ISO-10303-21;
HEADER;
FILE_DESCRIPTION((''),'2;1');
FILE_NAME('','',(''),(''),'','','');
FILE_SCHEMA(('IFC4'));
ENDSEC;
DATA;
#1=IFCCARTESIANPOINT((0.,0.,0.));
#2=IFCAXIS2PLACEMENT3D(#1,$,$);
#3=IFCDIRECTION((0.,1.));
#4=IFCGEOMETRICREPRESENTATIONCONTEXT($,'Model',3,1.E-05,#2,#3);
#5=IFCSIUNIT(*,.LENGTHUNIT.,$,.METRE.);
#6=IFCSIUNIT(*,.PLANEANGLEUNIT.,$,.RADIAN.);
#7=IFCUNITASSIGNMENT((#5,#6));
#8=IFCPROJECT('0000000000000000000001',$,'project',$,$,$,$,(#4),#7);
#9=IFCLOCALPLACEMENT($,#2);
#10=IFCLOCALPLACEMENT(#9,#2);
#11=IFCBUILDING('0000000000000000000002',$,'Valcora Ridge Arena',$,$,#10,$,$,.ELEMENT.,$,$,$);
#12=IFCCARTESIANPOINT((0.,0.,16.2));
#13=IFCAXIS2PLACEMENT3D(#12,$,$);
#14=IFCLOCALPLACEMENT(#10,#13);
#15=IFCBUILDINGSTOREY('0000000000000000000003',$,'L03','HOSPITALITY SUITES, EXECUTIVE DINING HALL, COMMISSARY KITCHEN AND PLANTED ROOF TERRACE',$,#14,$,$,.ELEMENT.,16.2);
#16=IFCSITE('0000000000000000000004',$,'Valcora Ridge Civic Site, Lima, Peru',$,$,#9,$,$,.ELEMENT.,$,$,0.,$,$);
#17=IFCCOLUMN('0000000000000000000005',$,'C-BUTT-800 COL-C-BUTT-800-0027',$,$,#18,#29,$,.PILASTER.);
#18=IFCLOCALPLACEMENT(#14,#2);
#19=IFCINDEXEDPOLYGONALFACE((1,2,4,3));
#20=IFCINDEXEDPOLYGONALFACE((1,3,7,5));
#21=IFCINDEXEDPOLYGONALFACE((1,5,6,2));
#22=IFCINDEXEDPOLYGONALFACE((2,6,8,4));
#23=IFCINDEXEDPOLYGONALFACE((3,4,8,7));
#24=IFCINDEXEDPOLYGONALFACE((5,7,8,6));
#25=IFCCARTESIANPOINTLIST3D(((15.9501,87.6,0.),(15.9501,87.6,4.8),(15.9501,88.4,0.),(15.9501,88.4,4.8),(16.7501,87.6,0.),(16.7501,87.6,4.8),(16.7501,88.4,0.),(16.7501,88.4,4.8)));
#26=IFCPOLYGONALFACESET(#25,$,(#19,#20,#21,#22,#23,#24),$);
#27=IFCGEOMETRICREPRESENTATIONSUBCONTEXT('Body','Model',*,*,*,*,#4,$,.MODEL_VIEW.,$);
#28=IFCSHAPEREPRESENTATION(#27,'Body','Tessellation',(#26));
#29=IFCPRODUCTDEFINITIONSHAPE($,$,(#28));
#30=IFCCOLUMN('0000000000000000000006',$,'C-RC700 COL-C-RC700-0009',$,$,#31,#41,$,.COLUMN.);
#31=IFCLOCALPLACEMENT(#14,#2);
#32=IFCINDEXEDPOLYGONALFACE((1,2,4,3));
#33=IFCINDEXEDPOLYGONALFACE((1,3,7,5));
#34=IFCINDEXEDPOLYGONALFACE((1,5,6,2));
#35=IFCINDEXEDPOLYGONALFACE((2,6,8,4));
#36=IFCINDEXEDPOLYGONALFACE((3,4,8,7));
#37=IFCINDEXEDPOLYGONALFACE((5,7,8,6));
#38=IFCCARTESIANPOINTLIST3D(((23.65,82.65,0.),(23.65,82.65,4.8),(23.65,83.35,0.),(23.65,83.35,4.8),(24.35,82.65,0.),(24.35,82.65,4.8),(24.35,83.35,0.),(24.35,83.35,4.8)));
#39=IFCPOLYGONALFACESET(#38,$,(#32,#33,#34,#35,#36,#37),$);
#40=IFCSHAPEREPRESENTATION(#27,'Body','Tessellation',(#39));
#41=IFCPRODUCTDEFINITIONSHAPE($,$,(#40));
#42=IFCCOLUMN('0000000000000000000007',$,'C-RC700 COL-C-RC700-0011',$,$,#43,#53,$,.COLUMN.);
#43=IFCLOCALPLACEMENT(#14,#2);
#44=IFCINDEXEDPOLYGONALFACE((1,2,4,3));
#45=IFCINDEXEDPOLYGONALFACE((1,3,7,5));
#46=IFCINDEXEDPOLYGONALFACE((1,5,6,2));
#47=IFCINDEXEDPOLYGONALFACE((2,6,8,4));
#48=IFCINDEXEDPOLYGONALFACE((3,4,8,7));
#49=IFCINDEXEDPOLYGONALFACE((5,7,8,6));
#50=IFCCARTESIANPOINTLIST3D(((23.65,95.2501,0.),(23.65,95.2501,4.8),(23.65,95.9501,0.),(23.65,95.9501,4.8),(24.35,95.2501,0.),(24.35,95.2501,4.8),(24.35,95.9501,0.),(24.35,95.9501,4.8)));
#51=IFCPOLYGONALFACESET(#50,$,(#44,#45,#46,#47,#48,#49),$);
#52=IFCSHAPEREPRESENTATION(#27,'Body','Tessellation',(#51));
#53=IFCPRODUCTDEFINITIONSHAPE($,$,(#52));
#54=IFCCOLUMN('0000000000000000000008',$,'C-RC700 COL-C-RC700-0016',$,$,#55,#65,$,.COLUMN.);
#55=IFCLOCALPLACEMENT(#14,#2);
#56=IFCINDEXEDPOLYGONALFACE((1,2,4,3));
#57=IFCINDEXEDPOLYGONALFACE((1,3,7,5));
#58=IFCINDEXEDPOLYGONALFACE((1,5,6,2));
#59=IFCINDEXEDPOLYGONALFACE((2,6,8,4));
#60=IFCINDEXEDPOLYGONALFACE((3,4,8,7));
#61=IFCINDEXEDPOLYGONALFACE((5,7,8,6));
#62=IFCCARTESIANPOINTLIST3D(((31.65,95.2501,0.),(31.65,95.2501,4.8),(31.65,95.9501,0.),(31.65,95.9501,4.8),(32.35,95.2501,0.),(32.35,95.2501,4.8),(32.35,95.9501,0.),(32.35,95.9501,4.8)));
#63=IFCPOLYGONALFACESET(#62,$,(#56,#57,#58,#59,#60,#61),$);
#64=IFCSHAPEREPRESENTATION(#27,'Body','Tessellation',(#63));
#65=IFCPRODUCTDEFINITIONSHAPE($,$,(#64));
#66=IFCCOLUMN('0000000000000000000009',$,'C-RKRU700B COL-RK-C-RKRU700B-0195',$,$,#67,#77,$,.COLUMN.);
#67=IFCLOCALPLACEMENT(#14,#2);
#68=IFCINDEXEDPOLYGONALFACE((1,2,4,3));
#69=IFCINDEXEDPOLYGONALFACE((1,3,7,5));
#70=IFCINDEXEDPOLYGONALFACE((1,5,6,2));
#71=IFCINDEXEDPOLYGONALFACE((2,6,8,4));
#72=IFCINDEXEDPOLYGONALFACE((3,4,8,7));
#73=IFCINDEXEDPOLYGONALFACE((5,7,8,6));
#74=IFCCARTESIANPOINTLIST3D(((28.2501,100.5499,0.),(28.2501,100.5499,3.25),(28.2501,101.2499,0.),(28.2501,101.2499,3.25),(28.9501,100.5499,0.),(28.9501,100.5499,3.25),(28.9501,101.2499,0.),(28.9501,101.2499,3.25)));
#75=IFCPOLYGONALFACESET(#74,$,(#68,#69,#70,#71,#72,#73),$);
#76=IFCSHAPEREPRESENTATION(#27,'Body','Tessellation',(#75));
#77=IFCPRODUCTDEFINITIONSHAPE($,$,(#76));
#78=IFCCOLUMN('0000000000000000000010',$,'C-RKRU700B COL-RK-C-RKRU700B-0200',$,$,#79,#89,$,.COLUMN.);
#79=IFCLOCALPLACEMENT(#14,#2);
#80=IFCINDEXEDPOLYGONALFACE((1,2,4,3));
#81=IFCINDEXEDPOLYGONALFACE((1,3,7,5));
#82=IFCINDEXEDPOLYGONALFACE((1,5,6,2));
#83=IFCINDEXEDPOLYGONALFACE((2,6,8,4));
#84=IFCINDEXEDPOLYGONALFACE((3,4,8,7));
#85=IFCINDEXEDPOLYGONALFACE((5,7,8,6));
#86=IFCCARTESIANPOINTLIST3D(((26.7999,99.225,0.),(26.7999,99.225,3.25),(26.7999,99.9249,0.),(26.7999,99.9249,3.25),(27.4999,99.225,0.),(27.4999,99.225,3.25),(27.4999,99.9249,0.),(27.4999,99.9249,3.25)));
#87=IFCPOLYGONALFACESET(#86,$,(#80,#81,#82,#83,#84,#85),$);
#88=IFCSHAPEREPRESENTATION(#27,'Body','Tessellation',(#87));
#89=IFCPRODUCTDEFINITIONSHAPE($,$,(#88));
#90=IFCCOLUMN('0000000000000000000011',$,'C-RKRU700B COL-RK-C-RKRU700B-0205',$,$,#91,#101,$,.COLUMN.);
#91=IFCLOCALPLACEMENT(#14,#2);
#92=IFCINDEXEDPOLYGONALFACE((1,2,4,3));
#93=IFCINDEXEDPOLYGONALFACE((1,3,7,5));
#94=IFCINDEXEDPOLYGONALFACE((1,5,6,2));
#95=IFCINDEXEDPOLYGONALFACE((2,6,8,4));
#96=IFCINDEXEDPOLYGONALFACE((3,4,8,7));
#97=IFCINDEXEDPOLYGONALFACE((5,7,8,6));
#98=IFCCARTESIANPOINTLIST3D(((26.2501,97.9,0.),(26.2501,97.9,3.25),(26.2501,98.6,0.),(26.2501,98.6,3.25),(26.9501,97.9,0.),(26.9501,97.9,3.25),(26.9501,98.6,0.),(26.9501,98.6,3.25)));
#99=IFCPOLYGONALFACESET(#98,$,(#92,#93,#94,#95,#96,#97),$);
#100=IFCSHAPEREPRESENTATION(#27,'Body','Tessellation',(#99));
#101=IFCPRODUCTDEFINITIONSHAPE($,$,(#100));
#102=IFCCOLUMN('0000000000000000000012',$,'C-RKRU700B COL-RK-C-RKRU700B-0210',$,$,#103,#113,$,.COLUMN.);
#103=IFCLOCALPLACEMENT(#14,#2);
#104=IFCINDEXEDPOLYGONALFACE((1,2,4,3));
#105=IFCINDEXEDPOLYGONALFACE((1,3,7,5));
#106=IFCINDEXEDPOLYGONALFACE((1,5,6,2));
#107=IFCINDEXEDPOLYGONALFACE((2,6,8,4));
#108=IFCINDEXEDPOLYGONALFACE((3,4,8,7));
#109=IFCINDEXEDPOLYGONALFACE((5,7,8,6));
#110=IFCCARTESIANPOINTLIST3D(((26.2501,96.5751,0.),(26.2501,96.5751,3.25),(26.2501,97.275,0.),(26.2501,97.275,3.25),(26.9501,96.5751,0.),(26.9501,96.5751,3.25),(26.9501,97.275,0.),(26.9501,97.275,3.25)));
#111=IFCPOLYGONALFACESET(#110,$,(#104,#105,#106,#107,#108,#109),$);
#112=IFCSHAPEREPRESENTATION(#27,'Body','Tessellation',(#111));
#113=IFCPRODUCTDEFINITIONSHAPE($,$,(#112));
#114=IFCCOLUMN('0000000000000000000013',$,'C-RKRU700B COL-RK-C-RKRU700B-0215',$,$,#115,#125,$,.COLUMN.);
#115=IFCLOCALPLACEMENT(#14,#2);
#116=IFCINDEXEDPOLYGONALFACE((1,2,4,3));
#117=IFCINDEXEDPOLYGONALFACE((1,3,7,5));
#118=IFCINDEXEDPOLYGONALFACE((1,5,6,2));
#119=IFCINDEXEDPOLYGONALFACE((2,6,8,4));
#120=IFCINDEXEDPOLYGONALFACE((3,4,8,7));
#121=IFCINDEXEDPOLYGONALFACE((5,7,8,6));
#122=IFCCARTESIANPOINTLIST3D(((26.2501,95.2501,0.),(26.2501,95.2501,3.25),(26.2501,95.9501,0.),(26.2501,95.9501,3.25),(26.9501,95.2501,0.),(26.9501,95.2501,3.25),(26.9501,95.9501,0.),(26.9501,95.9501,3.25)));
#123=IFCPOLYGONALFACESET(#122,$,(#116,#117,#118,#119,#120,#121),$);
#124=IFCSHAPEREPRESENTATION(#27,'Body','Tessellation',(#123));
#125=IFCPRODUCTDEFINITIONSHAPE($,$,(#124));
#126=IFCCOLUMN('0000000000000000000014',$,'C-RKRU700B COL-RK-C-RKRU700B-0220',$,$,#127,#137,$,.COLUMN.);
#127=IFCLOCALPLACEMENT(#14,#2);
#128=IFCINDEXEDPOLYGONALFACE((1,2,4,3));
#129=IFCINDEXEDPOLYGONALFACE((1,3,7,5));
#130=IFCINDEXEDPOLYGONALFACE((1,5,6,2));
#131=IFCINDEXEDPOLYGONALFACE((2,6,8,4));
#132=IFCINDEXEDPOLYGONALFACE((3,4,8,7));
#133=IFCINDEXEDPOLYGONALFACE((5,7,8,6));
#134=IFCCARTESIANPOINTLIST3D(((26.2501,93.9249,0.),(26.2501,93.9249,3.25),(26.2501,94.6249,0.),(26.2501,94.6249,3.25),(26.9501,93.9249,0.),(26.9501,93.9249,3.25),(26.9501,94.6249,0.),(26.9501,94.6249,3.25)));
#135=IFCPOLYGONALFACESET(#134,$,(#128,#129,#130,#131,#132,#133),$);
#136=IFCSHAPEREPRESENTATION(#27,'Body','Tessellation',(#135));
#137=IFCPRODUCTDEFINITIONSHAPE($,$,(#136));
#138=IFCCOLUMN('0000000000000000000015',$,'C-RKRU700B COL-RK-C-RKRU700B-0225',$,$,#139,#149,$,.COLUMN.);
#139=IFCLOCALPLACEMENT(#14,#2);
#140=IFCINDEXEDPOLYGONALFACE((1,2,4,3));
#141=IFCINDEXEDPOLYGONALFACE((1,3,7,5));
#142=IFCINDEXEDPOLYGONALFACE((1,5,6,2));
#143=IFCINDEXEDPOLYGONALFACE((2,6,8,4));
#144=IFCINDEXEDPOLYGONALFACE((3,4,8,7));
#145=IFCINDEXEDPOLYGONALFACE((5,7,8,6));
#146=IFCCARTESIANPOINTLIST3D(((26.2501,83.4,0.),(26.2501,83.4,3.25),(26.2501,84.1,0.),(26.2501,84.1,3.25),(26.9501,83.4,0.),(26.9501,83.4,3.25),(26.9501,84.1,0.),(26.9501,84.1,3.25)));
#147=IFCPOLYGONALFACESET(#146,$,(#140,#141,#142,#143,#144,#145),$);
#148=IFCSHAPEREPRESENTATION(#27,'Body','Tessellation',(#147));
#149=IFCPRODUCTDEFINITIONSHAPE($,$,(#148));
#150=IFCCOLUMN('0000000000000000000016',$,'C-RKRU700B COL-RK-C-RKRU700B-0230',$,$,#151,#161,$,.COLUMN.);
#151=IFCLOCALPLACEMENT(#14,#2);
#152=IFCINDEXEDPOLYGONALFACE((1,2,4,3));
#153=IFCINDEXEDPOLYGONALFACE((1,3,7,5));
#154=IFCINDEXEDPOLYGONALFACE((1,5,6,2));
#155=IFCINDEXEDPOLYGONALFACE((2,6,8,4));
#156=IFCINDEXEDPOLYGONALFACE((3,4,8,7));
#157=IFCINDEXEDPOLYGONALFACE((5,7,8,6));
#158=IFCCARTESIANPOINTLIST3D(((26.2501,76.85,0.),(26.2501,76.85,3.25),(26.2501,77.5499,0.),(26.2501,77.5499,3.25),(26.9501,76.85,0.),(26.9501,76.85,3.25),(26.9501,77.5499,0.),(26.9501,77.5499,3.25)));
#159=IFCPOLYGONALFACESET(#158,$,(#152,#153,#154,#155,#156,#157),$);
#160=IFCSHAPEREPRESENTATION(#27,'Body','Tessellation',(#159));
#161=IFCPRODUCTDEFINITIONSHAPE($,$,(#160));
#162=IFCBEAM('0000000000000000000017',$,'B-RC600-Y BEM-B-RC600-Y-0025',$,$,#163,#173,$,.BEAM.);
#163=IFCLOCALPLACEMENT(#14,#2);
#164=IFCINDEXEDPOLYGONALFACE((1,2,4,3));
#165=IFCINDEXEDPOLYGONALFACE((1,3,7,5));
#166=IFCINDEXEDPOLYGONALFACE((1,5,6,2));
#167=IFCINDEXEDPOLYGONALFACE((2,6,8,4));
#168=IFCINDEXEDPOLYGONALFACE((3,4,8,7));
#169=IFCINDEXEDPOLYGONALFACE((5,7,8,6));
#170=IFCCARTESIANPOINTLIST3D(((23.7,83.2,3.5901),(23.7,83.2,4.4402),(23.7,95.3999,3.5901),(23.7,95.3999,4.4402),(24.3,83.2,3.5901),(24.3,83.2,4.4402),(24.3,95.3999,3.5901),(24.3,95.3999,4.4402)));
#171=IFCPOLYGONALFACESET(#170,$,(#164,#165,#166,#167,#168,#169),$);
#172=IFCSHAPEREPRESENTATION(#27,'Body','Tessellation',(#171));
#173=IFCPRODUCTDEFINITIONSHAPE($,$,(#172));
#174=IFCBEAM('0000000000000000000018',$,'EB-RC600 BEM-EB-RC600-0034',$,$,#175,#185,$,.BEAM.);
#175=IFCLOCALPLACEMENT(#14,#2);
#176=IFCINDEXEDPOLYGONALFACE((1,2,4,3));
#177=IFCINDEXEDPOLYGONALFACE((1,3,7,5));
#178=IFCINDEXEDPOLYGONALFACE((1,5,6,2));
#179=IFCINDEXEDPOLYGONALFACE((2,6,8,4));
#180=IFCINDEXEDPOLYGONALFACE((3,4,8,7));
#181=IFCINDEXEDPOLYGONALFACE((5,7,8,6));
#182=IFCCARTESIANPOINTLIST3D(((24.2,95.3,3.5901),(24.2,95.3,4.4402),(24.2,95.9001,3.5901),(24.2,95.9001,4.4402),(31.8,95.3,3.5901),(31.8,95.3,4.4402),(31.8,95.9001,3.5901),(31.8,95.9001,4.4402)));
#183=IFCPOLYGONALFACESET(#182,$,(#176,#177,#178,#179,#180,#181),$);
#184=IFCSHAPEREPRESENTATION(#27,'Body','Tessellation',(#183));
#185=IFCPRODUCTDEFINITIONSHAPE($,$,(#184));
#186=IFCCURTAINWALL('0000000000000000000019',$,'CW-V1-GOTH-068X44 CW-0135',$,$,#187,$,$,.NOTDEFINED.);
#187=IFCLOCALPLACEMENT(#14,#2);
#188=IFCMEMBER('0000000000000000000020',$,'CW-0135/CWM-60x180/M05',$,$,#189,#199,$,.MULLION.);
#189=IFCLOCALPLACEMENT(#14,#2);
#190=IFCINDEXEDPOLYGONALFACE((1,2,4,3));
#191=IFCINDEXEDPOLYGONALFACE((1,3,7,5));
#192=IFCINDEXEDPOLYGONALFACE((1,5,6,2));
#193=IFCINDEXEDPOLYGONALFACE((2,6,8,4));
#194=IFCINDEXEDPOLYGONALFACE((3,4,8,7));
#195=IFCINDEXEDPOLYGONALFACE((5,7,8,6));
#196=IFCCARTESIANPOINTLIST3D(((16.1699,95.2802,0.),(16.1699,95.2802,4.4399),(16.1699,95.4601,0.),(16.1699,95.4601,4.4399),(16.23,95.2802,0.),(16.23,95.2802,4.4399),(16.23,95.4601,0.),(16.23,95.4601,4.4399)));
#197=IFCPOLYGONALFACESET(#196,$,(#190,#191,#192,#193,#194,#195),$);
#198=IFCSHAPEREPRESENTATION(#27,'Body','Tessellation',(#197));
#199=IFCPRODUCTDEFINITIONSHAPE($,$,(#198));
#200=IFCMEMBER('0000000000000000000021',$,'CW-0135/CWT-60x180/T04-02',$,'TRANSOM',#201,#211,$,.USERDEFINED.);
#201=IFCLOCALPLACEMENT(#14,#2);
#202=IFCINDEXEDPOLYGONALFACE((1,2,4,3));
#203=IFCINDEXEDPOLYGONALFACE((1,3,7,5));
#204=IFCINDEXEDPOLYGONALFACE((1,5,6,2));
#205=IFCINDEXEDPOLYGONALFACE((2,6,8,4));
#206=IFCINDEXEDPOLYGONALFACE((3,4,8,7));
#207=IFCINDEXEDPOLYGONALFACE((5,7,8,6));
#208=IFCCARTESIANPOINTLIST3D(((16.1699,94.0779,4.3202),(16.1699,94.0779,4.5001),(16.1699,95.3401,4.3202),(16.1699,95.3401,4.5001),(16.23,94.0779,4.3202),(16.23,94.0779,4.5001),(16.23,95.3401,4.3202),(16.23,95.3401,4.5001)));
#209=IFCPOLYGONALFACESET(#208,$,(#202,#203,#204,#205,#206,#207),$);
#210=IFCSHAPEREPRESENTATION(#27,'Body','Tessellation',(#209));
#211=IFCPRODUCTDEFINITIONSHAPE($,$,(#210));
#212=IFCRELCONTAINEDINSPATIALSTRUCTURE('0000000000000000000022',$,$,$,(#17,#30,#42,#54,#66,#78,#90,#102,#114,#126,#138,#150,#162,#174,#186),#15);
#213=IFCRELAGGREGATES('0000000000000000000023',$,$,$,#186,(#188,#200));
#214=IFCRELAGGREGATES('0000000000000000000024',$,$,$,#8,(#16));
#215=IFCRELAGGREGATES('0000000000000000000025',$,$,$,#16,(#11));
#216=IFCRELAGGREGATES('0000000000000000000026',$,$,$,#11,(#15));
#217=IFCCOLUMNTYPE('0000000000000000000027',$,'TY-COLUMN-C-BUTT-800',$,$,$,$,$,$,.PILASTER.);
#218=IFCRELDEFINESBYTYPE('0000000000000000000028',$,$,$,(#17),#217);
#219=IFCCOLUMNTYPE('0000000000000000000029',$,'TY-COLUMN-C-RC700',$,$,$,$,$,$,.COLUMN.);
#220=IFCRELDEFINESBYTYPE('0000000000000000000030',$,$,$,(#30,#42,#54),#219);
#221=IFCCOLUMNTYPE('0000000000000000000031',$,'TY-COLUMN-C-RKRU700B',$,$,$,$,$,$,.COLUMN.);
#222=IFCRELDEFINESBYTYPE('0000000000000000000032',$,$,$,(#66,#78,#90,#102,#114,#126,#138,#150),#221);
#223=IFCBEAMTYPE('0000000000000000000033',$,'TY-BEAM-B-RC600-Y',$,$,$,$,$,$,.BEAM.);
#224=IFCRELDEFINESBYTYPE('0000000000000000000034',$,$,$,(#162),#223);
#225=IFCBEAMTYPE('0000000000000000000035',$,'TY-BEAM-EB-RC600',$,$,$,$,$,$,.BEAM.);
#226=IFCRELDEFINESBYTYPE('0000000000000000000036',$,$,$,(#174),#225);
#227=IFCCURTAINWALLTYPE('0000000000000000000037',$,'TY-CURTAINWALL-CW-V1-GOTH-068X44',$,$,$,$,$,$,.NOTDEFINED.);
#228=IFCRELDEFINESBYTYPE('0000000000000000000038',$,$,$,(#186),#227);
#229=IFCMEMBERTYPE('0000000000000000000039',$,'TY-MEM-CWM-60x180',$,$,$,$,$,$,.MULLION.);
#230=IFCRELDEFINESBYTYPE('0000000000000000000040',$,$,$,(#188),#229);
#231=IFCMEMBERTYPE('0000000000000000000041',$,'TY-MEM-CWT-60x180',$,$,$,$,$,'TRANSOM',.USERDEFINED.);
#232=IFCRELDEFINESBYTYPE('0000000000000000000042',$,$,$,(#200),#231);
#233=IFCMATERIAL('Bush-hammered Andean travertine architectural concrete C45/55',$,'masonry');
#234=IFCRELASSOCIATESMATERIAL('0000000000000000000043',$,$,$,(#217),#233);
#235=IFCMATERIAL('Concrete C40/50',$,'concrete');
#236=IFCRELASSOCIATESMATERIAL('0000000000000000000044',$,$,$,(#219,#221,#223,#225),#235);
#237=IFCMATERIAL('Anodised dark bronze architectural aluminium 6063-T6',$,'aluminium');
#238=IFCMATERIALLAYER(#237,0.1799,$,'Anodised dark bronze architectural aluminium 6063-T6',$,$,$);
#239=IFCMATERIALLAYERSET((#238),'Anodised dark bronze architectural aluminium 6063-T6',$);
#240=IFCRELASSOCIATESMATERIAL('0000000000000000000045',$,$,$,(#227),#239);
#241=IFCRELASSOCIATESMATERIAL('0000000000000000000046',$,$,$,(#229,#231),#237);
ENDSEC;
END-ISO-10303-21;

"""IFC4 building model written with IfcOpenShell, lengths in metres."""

from ifc_helpers import new_model, si_unit, direction, frame, origin, origin_2d, place, context, subcontext, project, spatial, rectangle, extrude, material, layer, layer_set, material_profile, profile_set, type_object, element, aggregate, save


model = new_model("IFC4")

# Units and contexts
model_context = context("Model", 3, precision=1e-05, world=origin(), true_north=direction((0.0, 1.0)))
body_context = subcontext(model_context, "Body", "Model", "MODEL_VIEW")
ifc_project = project(units=[si_unit("LENGTHUNIT", "METRE"), si_unit("PLANEANGLEUNIT", "RADIAN")], contexts=[model_context])

# Site, building, storey
site_placement = place(None, origin())
site = spatial("IfcSite", under=ifc_project, at=site_placement, Name="Valcora Ridge Civic Site, Lima, Peru", CompositionType="ELEMENT", RefElevation=0.0)
building_placement = place(site_placement, origin())
building = spatial("IfcBuilding", under=site, at=building_placement, Name="Valcora Ridge Arena", CompositionType="ELEMENT")
storey_placement = place(building_placement, frame((0.0, 0.0, 16.2)))
storey = spatial("IfcBuildingStorey", under=building, at=storey_placement, Name="L03", Description="HOSPITALITY SUITES, EXECUTIVE DINING HALL, COMMISSARY KITCHEN AND PLANTED ROOF TERRACE", CompositionType="ELEMENT", Elevation=16.2)

# Columns
ifc_material_1 = material(Name="Bush-hammered Andean travertine architectural concrete C45/55", Category="masonry")
ifc_material_profile_1 = material_profile(ifc_material_1, rectangle(XDim=0.8, YDim=0.8, at=origin_2d()), Name="RC 800x800")
ifc_profile_set_1 = profile_set([ifc_material_profile_1], Name="Bush-hammered Andean travertine architectural concrete C45/55")
column_type_1 = type_object("IfcColumnType", Name="TY-COLUMN-C-BUTT-800", PredefinedType="PILASTER", material=ifc_profile_set_1)
column_placement = place(storey_placement, frame((16.3501, 88.0, 0.0), z_axis=(0.0, 0.0, 1.0), x_axis=(1.0, 0.0, 0.0)))
element("IfcColumn", 1, at=column_placement, inside=storey, type_object=column_type_1, Name="C-BUTT-800 COL-C-BUTT-800-0027", PredefinedType="PILASTER", context=body_context, shape_type="SweptSolid", body=[
    extrude(rectangle(XDim=0.8, YDim=0.8, at=origin_2d()), origin(), (0.0, 0.0, 1.0), 4.8),
])
ifc_material_2 = material(Name="Concrete C40/50", Category="concrete")
ifc_material_profile_2 = material_profile(ifc_material_2, rectangle(XDim=0.7, YDim=0.7, at=origin_2d()), Name="RC 700x700")
ifc_profile_set_2 = profile_set([ifc_material_profile_2], Name="Concrete C40/50")
column_type_2 = type_object("IfcColumnType", Name="TY-COLUMN-C-RC700", PredefinedType="COLUMN", material=ifc_profile_set_2)
for number, where, z_axis, x_axis, name in (
    (2, (24.0, 83.0, 0.0), (0.0, 0.0, 1.0), (1.0, 0.0, 0.0), "C-RC700 COL-C-RC700-0009"),
    (3, (24.0, 95.6001, 0.0), (0.0, 0.0, 1.0), (1.0, 0.0, 0.0), "C-RC700 COL-C-RC700-0011"),
    (4, (32.0, 95.6001, 0.0), (0.0, 0.0, 1.0), (1.0, 0.0, 0.0), "C-RC700 COL-C-RC700-0016"),
):
    element("IfcColumn", number, at=place(storey_placement, frame(where, z_axis=z_axis, x_axis=x_axis)), inside=storey, type_object=column_type_2, Name=name, PredefinedType="COLUMN", context=body_context, shape_type="SweptSolid", body=[
        extrude(rectangle(XDim=0.7, YDim=0.7, at=origin_2d()), origin(), (0.0, 0.0, 1.0), 4.8),
    ])
ifc_material_profile_3 = material_profile(ifc_material_2, rectangle(XDim=0.7, YDim=0.7, at=origin_2d()), Name="RC 700x700")
ifc_profile_set_3 = profile_set([ifc_material_profile_3], Name="Concrete C40/50")
column_type_3 = type_object("IfcColumnType", Name="TY-COLUMN-C-RKRU700B", PredefinedType="COLUMN", material=ifc_profile_set_3)
for number, where, z_axis, x_axis, name in (
    (5, (28.6001, 100.8999, 0.0), (0.0, 0.0, 1.0), (1.0, 0.0, 0.0), "C-RKRU700B COL-RK-C-RKRU700B-0195"),
    (6, (27.1499, 99.575, 0.0), (0.0, 0.0, 1.0), (1.0, 0.0, 0.0), "C-RKRU700B COL-RK-C-RKRU700B-0200"),
    (7, (26.6001, 98.25, 0.0), (0.0, 0.0, 1.0), (1.0, 0.0, 0.0), "C-RKRU700B COL-RK-C-RKRU700B-0205"),
    (8, (26.6001, 96.925, 0.0), (0.0, 0.0, 1.0), (1.0, 0.0, 0.0), "C-RKRU700B COL-RK-C-RKRU700B-0210"),
    (9, (26.6001, 95.6001, 0.0), (0.0, 0.0, 1.0), (1.0, 0.0, 0.0), "C-RKRU700B COL-RK-C-RKRU700B-0215"),
    (10, (26.6001, 94.2749, 0.0), (0.0, 0.0, 1.0), (1.0, 0.0, 0.0), "C-RKRU700B COL-RK-C-RKRU700B-0220"),
    (11, (26.6001, 83.75, 0.0), (0.0, 0.0, 1.0), (1.0, 0.0, 0.0), "C-RKRU700B COL-RK-C-RKRU700B-0225"),
    (12, (26.6001, 77.2, 0.0), (0.0, 0.0, 1.0), (1.0, 0.0, 0.0), "C-RKRU700B COL-RK-C-RKRU700B-0230"),
):
    element("IfcColumn", number, at=place(storey_placement, frame(where, z_axis=z_axis, x_axis=x_axis)), inside=storey, type_object=column_type_3, Name=name, PredefinedType="COLUMN", context=body_context, shape_type="SweptSolid", body=[
        extrude(rectangle(XDim=0.7, YDim=0.7, at=origin_2d()), origin(), (0.0, 0.0, 1.0), 3.25),
    ])

# Beams
ifc_material_profile_4 = material_profile(ifc_material_2, rectangle(XDim=0.6001, YDim=0.8501, at=origin_2d()), Name="RC 600x850")
ifc_profile_set_4 = profile_set([ifc_material_profile_4], Name="Concrete C40/50")
beam_type_1 = type_object("IfcBeamType", Name="TY-BEAM-B-RC600-Y", PredefinedType="BEAM", material=ifc_profile_set_4)
beam_1_placement = place(storey_placement, frame((24.0, 83.2, 4.0151), z_axis=(0.0, 1.0, 0.0), x_axis=(-1.0, 0.0, 0.0)))
element("IfcBeam", 13, at=beam_1_placement, inside=storey, type_object=beam_type_1, Name="B-RC600-Y BEM-B-RC600-Y-0025", PredefinedType="BEAM", context=body_context, shape_type="SweptSolid", body=[
    extrude(rectangle(XDim=0.6001, YDim=0.8501, at=origin_2d()), origin(), (0.0, 0.0, 1.0), 12.2),
])
ifc_material_profile_5 = material_profile(ifc_material_2, rectangle(XDim=0.6001, YDim=0.8501, at=origin_2d()), Name="RC 600x850")
ifc_profile_set_5 = profile_set([ifc_material_profile_5], Name="Concrete C40/50")
beam_type_2 = type_object("IfcBeamType", Name="TY-BEAM-EB-RC600", PredefinedType="BEAM", material=ifc_profile_set_5)
beam_2_placement = place(storey_placement, frame((24.2, 95.6001, 4.0151), z_axis=(1.0, 0.0, 0.0), x_axis=(0.0, 1.0, 0.0)))
element("IfcBeam", 14, at=beam_2_placement, inside=storey, type_object=beam_type_2, Name="EB-RC600 BEM-EB-RC600-0034", PredefinedType="BEAM", context=body_context, shape_type="SweptSolid", body=[
    extrude(rectangle(XDim=0.6001, YDim=0.8501, at=origin_2d()), origin(), (0.0, 0.0, 1.0), 7.6001),
])

# Curtain wall, members
ifc_material_3 = material(Name="Anodised dark bronze architectural aluminium 6063-T6", Category="aluminium")
ifc_layer_1 = layer(ifc_material_3, 0.1799, Name="Anodised dark bronze architectural aluminium 6063-T6")
ifc_layer_set_1 = layer_set([ifc_layer_1], Name="Anodised dark bronze architectural aluminium 6063-T6")
curtain_wall_type = type_object("IfcCurtainWallType", Name="TY-CURTAINWALL-CW-V1-GOTH-068X44", PredefinedType="NOTDEFINED", material=ifc_layer_set_1)
curtain_wall_placement = place(storey_placement, origin())
curtain_wall = element("IfcCurtainWall", 15, at=curtain_wall_placement, inside=storey, type_object=curtain_wall_type, Name="CW-V1-GOTH-068X44 CW-0135", PredefinedType="NOTDEFINED")
ifc_material_profile_6 = material_profile(ifc_material_3, rectangle(XDim=0.0601, YDim=0.1799, at=origin_2d()), Name="ALU MULLION 60x180")
ifc_profile_set_6 = profile_set([ifc_material_profile_6], Name="Anodised dark bronze architectural aluminium 6063-T6")
member_type_1 = type_object("IfcMemberType", Name="TY-MEM-CWM-60x180", PredefinedType="MULLION", material=ifc_profile_set_6)
member_1_placement = place(storey_placement, frame((16.2, 95.3701, 0.0), z_axis=(0.0, 0.0, 1.0), x_axis=(-1.0, 0.0, 0.0)))
member_1 = element("IfcMember", 16, at=member_1_placement, type_object=member_type_1, Name="CW-0135/CWM-60x180/M05", PredefinedType="MULLION", context=body_context, shape_type="SweptSolid", body=[
    extrude(rectangle(XDim=0.0601, YDim=0.1799, at=origin_2d()), origin(), (0.0, 0.0, 1.0), 4.4399),
])
ifc_material_profile_7 = material_profile(ifc_material_3, rectangle(XDim=0.0601, YDim=0.1799, at=origin_2d()), Name="ALU TRANSOM 60x180")
ifc_profile_set_7 = profile_set([ifc_material_profile_7], Name="Anodised dark bronze architectural aluminium 6063-T6")
member_type_2 = type_object("IfcMemberType", Name="TY-MEM-CWT-60x180", ElementType="TRANSOM", PredefinedType="USERDEFINED", material=ifc_profile_set_7)
member_2_placement = place(storey_placement, frame((16.2, 94.0779, 4.4102), z_axis=(0.0, 1.0, 0.0), x_axis=(-1.0, 0.0, 0.0)))
member_2 = element("IfcMember", 17, at=member_2_placement, type_object=member_type_2, Name="CW-0135/CWT-60x180/T04-02", ObjectType="TRANSOM", PredefinedType="USERDEFINED", context=body_context, shape_type="SweptSolid", body=[
    extrude(rectangle(XDim=0.0601, YDim=0.1799, at=origin_2d()), origin(), (0.0, 0.0, 1.0), 1.2622),
])

aggregate(curtain_wall, [member_1, member_2])

save(model, "model.ifc")
